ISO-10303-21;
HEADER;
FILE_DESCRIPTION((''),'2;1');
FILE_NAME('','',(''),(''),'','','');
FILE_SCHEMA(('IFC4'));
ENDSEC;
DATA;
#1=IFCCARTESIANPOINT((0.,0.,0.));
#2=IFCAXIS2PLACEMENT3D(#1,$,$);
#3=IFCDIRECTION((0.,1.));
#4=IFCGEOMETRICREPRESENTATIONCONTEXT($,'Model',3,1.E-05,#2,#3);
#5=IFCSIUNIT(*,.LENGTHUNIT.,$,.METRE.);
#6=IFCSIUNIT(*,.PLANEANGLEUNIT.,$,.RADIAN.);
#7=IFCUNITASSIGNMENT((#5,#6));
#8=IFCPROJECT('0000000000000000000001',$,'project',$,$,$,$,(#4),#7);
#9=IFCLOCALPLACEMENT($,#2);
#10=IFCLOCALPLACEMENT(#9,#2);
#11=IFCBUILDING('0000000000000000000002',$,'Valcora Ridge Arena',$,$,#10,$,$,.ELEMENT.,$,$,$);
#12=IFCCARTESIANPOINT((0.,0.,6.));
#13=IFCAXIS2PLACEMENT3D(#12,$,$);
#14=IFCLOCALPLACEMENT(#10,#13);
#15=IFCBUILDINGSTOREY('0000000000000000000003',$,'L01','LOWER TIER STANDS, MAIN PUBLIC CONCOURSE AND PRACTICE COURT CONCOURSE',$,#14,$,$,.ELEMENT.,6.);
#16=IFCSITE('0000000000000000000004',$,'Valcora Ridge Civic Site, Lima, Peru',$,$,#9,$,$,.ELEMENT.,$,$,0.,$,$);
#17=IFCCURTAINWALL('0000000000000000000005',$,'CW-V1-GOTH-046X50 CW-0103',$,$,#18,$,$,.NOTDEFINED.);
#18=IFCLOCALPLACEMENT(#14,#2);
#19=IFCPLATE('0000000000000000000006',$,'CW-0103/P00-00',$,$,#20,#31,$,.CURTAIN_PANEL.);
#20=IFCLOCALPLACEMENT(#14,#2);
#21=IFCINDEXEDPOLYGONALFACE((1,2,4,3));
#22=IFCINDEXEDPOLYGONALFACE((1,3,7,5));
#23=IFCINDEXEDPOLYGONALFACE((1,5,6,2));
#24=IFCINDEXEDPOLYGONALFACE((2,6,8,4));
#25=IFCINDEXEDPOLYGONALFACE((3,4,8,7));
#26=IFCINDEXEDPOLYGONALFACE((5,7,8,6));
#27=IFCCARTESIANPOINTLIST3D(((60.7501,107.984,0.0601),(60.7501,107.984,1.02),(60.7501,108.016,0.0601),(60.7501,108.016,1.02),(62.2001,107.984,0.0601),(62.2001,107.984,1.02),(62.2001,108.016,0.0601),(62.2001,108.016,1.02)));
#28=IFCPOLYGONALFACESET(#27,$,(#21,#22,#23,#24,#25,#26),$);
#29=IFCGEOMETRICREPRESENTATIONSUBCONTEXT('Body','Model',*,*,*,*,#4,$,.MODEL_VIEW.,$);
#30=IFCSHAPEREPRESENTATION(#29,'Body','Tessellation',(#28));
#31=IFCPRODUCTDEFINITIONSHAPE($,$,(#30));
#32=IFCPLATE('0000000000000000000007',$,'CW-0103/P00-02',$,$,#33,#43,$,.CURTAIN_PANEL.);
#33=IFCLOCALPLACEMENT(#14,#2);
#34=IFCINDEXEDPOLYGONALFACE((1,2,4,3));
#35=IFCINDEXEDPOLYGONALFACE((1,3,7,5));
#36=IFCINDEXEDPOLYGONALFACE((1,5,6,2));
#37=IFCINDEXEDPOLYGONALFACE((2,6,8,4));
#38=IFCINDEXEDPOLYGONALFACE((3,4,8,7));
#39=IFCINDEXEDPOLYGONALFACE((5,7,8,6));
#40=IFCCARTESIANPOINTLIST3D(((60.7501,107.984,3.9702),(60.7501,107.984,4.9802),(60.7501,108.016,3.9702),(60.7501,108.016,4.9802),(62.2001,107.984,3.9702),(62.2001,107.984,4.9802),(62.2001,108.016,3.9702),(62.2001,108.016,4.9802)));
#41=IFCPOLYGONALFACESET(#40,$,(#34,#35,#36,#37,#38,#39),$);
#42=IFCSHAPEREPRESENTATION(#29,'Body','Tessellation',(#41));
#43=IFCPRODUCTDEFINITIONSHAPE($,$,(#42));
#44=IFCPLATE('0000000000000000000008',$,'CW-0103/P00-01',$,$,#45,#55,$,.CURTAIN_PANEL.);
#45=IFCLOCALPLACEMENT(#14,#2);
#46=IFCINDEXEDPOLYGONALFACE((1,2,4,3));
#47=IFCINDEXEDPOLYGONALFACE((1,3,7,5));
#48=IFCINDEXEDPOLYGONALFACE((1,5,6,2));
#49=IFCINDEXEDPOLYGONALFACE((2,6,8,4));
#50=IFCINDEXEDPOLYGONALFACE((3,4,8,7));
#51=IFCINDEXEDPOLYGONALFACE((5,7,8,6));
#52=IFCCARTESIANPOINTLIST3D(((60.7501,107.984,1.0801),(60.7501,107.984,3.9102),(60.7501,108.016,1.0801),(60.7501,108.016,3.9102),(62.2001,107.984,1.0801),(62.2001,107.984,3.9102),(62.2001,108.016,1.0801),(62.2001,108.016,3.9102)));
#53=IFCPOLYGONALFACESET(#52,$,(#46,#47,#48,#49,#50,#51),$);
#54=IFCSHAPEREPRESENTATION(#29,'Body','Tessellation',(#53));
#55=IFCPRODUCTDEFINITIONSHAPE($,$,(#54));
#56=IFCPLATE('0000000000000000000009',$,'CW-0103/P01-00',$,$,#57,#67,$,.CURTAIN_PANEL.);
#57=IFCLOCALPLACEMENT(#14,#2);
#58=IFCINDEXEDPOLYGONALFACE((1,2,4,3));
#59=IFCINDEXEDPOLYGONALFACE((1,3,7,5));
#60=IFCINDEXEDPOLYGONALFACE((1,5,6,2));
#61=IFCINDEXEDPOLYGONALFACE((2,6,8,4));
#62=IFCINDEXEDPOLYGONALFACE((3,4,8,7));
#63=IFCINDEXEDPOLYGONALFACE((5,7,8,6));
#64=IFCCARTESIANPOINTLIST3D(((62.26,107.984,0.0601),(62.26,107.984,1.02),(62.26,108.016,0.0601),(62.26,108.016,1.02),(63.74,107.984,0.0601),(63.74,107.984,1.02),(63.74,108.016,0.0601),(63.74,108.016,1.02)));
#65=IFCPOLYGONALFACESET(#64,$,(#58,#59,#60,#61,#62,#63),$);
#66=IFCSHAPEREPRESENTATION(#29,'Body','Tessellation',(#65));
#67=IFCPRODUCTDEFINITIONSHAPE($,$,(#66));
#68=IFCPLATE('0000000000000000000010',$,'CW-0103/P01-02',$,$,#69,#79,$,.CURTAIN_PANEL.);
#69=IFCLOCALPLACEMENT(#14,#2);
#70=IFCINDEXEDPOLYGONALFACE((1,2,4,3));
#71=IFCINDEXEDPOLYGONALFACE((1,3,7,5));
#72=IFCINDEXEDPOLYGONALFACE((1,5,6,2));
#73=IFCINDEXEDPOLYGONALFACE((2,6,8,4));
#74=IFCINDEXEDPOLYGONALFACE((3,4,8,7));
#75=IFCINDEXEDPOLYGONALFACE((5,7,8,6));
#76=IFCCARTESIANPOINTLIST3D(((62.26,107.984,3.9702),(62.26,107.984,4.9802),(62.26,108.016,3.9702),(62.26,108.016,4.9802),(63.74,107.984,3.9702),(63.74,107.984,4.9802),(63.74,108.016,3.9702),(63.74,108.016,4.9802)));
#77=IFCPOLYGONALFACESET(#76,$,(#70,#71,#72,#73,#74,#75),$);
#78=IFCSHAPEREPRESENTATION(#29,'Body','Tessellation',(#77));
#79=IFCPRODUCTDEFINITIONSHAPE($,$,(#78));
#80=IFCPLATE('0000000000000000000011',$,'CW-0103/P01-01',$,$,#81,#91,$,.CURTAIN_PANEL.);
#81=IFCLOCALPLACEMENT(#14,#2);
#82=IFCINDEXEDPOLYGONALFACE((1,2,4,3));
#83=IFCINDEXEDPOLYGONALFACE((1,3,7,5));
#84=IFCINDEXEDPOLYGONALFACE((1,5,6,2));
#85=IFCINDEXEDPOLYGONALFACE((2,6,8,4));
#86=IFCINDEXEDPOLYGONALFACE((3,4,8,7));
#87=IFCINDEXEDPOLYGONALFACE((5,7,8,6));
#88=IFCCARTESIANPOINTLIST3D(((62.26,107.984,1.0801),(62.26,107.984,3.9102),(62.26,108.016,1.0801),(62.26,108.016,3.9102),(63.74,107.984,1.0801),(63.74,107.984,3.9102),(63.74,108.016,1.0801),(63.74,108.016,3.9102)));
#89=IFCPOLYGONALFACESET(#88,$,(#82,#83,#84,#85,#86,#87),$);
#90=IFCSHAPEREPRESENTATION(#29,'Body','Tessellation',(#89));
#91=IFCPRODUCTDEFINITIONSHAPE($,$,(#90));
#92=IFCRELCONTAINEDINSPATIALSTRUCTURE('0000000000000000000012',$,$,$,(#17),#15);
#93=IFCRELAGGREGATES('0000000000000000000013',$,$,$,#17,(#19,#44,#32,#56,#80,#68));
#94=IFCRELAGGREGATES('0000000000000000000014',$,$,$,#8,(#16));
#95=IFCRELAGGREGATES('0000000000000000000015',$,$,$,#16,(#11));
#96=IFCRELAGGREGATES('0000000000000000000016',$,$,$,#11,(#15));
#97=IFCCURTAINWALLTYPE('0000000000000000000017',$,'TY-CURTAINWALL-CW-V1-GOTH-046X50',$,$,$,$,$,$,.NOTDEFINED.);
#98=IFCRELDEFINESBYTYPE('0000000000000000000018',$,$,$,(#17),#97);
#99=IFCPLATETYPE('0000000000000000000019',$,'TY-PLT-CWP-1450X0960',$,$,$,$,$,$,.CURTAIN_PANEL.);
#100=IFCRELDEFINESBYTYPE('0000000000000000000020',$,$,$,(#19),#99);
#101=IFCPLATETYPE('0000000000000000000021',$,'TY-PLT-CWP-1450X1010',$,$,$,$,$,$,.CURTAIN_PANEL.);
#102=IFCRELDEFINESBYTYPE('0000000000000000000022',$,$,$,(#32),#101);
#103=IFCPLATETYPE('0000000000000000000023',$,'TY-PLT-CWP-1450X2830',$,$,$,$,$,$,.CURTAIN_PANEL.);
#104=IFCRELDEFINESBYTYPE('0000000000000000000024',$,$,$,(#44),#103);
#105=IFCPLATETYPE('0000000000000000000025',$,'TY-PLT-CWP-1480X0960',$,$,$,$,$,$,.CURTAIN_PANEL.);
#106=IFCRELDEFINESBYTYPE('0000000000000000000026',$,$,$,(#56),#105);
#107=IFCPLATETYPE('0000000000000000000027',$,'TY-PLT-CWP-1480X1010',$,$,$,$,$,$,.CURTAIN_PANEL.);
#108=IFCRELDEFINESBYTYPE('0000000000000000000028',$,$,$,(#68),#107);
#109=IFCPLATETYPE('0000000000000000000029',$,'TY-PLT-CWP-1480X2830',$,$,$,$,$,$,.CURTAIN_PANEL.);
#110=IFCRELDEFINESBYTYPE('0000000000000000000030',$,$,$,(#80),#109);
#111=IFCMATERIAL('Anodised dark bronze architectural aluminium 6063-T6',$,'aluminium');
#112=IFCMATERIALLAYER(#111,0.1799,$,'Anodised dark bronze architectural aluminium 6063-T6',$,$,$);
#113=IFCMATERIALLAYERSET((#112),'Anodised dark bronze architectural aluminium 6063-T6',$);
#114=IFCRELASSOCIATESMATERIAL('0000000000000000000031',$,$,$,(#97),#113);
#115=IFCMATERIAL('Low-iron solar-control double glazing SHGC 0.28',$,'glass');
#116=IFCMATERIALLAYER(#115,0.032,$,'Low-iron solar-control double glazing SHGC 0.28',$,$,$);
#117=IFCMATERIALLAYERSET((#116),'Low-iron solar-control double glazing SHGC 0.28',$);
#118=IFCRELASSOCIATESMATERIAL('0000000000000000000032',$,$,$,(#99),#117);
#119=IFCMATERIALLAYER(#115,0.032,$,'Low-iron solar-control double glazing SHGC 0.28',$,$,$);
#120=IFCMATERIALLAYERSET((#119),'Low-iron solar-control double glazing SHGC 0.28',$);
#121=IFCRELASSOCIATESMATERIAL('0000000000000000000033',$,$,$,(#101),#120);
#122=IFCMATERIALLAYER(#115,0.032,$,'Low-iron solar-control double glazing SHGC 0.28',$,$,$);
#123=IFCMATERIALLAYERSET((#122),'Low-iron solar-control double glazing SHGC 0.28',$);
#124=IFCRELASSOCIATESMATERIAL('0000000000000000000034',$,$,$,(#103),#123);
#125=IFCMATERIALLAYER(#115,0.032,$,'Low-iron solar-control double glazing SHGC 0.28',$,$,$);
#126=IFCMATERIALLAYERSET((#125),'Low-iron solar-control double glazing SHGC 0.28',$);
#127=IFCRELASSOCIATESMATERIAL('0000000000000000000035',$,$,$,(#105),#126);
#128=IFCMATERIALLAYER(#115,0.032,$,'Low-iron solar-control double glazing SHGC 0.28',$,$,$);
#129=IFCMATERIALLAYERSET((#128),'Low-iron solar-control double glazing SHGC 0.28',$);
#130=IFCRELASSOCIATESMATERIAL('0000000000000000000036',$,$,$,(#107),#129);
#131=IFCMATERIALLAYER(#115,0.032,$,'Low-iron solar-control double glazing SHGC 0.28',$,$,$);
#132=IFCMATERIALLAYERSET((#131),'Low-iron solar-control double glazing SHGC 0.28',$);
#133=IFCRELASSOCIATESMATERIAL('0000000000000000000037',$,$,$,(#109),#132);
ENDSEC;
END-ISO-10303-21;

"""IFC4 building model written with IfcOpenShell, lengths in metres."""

from ifc_helpers import new_model, si_unit, direction, frame, origin, origin_2d, place, context, subcontext, project, spatial, rectangle, extrude, material, layer, layer_set, type_object, element, aggregate, save


model = new_model("IFC4")

# Units and contexts
model_context = context("Model", 3, precision=1e-05, world=origin(), true_north=direction((0.0, 1.0)))
body_context = subcontext(model_context, "Body", "Model", "MODEL_VIEW")
ifc_project = project(units=[si_unit("LENGTHUNIT", "METRE"), si_unit("PLANEANGLEUNIT", "RADIAN")], contexts=[model_context])

# Site, building, storey
site_placement = place(None, origin())
site = spatial("IfcSite", under=ifc_project, at=site_placement, Name="Valcora Ridge Civic Site, Lima, Peru", CompositionType="ELEMENT", RefElevation=0.0)
building_placement = place(site_placement, origin())
building = spatial("IfcBuilding", under=site, at=building_placement, Name="Valcora Ridge Arena", CompositionType="ELEMENT")
storey_placement = place(building_placement, frame((0.0, 0.0, 6.0)))
storey = spatial("IfcBuildingStorey", under=building, at=storey_placement, Name="L01", Description="LOWER TIER STANDS, MAIN PUBLIC CONCOURSE AND PRACTICE COURT CONCOURSE", CompositionType="ELEMENT", Elevation=6.0)

# Curtain wall, plates
ifc_material_1 = material(Name="Anodised dark bronze architectural aluminium 6063-T6", Category="aluminium")
ifc_layer_1 = layer(ifc_material_1, 0.1799, Name="Anodised dark bronze architectural aluminium 6063-T6")
ifc_layer_set_1 = layer_set([ifc_layer_1], Name="Anodised dark bronze architectural aluminium 6063-T6")
curtain_wall_type = type_object("IfcCurtainWallType", Name="TY-CURTAINWALL-CW-V1-GOTH-046X50", PredefinedType="NOTDEFINED", material=ifc_layer_set_1)
curtain_wall_placement = place(storey_placement, origin())
curtain_wall = element("IfcCurtainWall", 1, at=curtain_wall_placement, inside=storey, type_object=curtain_wall_type, Name="CW-V1-GOTH-046X50 CW-0103", PredefinedType="NOTDEFINED")
ifc_material_2 = material(Name="Low-iron solar-control double glazing SHGC 0.28", Category="glass")
ifc_layer_2 = layer(ifc_material_2, 0.032, Name="Low-iron solar-control double glazing SHGC 0.28")
ifc_layer_set_2 = layer_set([ifc_layer_2], Name="Low-iron solar-control double glazing SHGC 0.28")
plate_type_1 = type_object("IfcPlateType", Name="TY-PLT-CWP-1450X0960", PredefinedType="CURTAIN_PANEL", material=ifc_layer_set_2)
plate_1_placement = place(storey_placement, frame((61.4751, 108.0, 0.0601), z_axis=(0.0, 0.0, 1.0), x_axis=(1.0, 0.0, 0.0)))
plate_1 = element("IfcPlate", 2, at=plate_1_placement, type_object=plate_type_1, Name="CW-0103/P00-00", PredefinedType="CURTAIN_PANEL", context=body_context, shape_type="SweptSolid", body=[
    extrude(rectangle(XDim=1.45, YDim=0.032, at=origin_2d()), origin(), (0.0, 0.0, 1.0), 0.96),
])
ifc_layer_3 = layer(ifc_material_2, 0.032, Name="Low-iron solar-control double glazing SHGC 0.28")
ifc_layer_set_3 = layer_set([ifc_layer_3], Name="Low-iron solar-control double glazing SHGC 0.28")
plate_type_2 = type_object("IfcPlateType", Name="TY-PLT-CWP-1450X1010", PredefinedType="CURTAIN_PANEL", material=ifc_layer_set_3)
plate_2_placement = place(storey_placement, frame((61.4751, 108.0, 3.9702), z_axis=(0.0, 0.0, 1.0), x_axis=(1.0, 0.0, 0.0)))
plate_2 = element("IfcPlate", 3, at=plate_2_placement, type_object=plate_type_2, Name="CW-0103/P00-02", PredefinedType="CURTAIN_PANEL", context=body_context, shape_type="SweptSolid", body=[
    extrude(rectangle(XDim=1.45, YDim=0.032, at=origin_2d()), origin(), (0.0, 0.0, 1.0), 1.01),
])
ifc_layer_4 = layer(ifc_material_2, 0.032, Name="Low-iron solar-control double glazing SHGC 0.28")
ifc_layer_set_4 = layer_set([ifc_layer_4], Name="Low-iron solar-control double glazing SHGC 0.28")
plate_type_3 = type_object("IfcPlateType", Name="TY-PLT-CWP-1450X2830", PredefinedType="CURTAIN_PANEL", material=ifc_layer_set_4)
plate_3_placement = place(storey_placement, frame((61.4751, 108.0, 1.0801), z_axis=(0.0, 0.0, 1.0), x_axis=(1.0, 0.0, 0.0)))
plate_3 = element("IfcPlate", 4, at=plate_3_placement, type_object=plate_type_3, Name="CW-0103/P00-01", PredefinedType="CURTAIN_PANEL", context=body_context, shape_type="SweptSolid", body=[
    extrude(rectangle(XDim=1.45, YDim=0.032, at=origin_2d()), origin(), (0.0, 0.0, 1.0), 2.8301),
])
ifc_layer_5 = layer(ifc_material_2, 0.032, Name="Low-iron solar-control double glazing SHGC 0.28")
ifc_layer_set_5 = layer_set([ifc_layer_5], Name="Low-iron solar-control double glazing SHGC 0.28")
plate_type_4 = type_object("IfcPlateType", Name="TY-PLT-CWP-1480X0960", PredefinedType="CURTAIN_PANEL", material=ifc_layer_set_5)
plate_4_placement = place(storey_placement, frame((63.0, 108.0, 0.0601), z_axis=(0.0, 0.0, 1.0), x_axis=(1.0, 0.0, 0.0)))
plate_4 = element("IfcPlate", 5, at=plate_4_placement, type_object=plate_type_4, Name="CW-0103/P01-00", PredefinedType="CURTAIN_PANEL", context=body_context, shape_type="SweptSolid", body=[
    extrude(rectangle(XDim=1.48, YDim=0.032, at=origin_2d()), origin(), (0.0, 0.0, 1.0), 0.96),
])
ifc_layer_6 = layer(ifc_material_2, 0.032, Name="Low-iron solar-control double glazing SHGC 0.28")
ifc_layer_set_6 = layer_set([ifc_layer_6], Name="Low-iron solar-control double glazing SHGC 0.28")
plate_type_5 = type_object("IfcPlateType", Name="TY-PLT-CWP-1480X1010", PredefinedType="CURTAIN_PANEL", material=ifc_layer_set_6)
plate_5_placement = place(storey_placement, frame((63.0, 108.0, 3.9702), z_axis=(0.0, 0.0, 1.0), x_axis=(1.0, 0.0, 0.0)))
plate_5 = element("IfcPlate", 6, at=plate_5_placement, type_object=plate_type_5, Name="CW-0103/P01-02", PredefinedType="CURTAIN_PANEL", context=body_context, shape_type="SweptSolid", body=[
    extrude(rectangle(XDim=1.48, YDim=0.032, at=origin_2d()), origin(), (0.0, 0.0, 1.0), 1.01),
])
ifc_layer_7 = layer(ifc_material_2, 0.032, Name="Low-iron solar-control double glazing SHGC 0.28")
ifc_layer_set_7 = layer_set([ifc_layer_7], Name="Low-iron solar-control double glazing SHGC 0.28")
plate_type_6 = type_object("IfcPlateType", Name="TY-PLT-CWP-1480X2830", PredefinedType="CURTAIN_PANEL", material=ifc_layer_set_7)
plate_6_placement = place(storey_placement, frame((63.0, 108.0, 1.0801), z_axis=(0.0, 0.0, 1.0), x_axis=(1.0, 0.0, 0.0)))
plate_6 = element("IfcPlate", 7, at=plate_6_placement, type_object=plate_type_6, Name="CW-0103/P01-01", PredefinedType="CURTAIN_PANEL", context=body_context, shape_type="SweptSolid", body=[
    extrude(rectangle(XDim=1.48, YDim=0.032, at=origin_2d()), origin(), (0.0, 0.0, 1.0), 2.8301),
])
aggregate(curtain_wall, [plate_1, plate_3, plate_2, plate_4, plate_6, plate_5])

save(model, "model.ifc")
